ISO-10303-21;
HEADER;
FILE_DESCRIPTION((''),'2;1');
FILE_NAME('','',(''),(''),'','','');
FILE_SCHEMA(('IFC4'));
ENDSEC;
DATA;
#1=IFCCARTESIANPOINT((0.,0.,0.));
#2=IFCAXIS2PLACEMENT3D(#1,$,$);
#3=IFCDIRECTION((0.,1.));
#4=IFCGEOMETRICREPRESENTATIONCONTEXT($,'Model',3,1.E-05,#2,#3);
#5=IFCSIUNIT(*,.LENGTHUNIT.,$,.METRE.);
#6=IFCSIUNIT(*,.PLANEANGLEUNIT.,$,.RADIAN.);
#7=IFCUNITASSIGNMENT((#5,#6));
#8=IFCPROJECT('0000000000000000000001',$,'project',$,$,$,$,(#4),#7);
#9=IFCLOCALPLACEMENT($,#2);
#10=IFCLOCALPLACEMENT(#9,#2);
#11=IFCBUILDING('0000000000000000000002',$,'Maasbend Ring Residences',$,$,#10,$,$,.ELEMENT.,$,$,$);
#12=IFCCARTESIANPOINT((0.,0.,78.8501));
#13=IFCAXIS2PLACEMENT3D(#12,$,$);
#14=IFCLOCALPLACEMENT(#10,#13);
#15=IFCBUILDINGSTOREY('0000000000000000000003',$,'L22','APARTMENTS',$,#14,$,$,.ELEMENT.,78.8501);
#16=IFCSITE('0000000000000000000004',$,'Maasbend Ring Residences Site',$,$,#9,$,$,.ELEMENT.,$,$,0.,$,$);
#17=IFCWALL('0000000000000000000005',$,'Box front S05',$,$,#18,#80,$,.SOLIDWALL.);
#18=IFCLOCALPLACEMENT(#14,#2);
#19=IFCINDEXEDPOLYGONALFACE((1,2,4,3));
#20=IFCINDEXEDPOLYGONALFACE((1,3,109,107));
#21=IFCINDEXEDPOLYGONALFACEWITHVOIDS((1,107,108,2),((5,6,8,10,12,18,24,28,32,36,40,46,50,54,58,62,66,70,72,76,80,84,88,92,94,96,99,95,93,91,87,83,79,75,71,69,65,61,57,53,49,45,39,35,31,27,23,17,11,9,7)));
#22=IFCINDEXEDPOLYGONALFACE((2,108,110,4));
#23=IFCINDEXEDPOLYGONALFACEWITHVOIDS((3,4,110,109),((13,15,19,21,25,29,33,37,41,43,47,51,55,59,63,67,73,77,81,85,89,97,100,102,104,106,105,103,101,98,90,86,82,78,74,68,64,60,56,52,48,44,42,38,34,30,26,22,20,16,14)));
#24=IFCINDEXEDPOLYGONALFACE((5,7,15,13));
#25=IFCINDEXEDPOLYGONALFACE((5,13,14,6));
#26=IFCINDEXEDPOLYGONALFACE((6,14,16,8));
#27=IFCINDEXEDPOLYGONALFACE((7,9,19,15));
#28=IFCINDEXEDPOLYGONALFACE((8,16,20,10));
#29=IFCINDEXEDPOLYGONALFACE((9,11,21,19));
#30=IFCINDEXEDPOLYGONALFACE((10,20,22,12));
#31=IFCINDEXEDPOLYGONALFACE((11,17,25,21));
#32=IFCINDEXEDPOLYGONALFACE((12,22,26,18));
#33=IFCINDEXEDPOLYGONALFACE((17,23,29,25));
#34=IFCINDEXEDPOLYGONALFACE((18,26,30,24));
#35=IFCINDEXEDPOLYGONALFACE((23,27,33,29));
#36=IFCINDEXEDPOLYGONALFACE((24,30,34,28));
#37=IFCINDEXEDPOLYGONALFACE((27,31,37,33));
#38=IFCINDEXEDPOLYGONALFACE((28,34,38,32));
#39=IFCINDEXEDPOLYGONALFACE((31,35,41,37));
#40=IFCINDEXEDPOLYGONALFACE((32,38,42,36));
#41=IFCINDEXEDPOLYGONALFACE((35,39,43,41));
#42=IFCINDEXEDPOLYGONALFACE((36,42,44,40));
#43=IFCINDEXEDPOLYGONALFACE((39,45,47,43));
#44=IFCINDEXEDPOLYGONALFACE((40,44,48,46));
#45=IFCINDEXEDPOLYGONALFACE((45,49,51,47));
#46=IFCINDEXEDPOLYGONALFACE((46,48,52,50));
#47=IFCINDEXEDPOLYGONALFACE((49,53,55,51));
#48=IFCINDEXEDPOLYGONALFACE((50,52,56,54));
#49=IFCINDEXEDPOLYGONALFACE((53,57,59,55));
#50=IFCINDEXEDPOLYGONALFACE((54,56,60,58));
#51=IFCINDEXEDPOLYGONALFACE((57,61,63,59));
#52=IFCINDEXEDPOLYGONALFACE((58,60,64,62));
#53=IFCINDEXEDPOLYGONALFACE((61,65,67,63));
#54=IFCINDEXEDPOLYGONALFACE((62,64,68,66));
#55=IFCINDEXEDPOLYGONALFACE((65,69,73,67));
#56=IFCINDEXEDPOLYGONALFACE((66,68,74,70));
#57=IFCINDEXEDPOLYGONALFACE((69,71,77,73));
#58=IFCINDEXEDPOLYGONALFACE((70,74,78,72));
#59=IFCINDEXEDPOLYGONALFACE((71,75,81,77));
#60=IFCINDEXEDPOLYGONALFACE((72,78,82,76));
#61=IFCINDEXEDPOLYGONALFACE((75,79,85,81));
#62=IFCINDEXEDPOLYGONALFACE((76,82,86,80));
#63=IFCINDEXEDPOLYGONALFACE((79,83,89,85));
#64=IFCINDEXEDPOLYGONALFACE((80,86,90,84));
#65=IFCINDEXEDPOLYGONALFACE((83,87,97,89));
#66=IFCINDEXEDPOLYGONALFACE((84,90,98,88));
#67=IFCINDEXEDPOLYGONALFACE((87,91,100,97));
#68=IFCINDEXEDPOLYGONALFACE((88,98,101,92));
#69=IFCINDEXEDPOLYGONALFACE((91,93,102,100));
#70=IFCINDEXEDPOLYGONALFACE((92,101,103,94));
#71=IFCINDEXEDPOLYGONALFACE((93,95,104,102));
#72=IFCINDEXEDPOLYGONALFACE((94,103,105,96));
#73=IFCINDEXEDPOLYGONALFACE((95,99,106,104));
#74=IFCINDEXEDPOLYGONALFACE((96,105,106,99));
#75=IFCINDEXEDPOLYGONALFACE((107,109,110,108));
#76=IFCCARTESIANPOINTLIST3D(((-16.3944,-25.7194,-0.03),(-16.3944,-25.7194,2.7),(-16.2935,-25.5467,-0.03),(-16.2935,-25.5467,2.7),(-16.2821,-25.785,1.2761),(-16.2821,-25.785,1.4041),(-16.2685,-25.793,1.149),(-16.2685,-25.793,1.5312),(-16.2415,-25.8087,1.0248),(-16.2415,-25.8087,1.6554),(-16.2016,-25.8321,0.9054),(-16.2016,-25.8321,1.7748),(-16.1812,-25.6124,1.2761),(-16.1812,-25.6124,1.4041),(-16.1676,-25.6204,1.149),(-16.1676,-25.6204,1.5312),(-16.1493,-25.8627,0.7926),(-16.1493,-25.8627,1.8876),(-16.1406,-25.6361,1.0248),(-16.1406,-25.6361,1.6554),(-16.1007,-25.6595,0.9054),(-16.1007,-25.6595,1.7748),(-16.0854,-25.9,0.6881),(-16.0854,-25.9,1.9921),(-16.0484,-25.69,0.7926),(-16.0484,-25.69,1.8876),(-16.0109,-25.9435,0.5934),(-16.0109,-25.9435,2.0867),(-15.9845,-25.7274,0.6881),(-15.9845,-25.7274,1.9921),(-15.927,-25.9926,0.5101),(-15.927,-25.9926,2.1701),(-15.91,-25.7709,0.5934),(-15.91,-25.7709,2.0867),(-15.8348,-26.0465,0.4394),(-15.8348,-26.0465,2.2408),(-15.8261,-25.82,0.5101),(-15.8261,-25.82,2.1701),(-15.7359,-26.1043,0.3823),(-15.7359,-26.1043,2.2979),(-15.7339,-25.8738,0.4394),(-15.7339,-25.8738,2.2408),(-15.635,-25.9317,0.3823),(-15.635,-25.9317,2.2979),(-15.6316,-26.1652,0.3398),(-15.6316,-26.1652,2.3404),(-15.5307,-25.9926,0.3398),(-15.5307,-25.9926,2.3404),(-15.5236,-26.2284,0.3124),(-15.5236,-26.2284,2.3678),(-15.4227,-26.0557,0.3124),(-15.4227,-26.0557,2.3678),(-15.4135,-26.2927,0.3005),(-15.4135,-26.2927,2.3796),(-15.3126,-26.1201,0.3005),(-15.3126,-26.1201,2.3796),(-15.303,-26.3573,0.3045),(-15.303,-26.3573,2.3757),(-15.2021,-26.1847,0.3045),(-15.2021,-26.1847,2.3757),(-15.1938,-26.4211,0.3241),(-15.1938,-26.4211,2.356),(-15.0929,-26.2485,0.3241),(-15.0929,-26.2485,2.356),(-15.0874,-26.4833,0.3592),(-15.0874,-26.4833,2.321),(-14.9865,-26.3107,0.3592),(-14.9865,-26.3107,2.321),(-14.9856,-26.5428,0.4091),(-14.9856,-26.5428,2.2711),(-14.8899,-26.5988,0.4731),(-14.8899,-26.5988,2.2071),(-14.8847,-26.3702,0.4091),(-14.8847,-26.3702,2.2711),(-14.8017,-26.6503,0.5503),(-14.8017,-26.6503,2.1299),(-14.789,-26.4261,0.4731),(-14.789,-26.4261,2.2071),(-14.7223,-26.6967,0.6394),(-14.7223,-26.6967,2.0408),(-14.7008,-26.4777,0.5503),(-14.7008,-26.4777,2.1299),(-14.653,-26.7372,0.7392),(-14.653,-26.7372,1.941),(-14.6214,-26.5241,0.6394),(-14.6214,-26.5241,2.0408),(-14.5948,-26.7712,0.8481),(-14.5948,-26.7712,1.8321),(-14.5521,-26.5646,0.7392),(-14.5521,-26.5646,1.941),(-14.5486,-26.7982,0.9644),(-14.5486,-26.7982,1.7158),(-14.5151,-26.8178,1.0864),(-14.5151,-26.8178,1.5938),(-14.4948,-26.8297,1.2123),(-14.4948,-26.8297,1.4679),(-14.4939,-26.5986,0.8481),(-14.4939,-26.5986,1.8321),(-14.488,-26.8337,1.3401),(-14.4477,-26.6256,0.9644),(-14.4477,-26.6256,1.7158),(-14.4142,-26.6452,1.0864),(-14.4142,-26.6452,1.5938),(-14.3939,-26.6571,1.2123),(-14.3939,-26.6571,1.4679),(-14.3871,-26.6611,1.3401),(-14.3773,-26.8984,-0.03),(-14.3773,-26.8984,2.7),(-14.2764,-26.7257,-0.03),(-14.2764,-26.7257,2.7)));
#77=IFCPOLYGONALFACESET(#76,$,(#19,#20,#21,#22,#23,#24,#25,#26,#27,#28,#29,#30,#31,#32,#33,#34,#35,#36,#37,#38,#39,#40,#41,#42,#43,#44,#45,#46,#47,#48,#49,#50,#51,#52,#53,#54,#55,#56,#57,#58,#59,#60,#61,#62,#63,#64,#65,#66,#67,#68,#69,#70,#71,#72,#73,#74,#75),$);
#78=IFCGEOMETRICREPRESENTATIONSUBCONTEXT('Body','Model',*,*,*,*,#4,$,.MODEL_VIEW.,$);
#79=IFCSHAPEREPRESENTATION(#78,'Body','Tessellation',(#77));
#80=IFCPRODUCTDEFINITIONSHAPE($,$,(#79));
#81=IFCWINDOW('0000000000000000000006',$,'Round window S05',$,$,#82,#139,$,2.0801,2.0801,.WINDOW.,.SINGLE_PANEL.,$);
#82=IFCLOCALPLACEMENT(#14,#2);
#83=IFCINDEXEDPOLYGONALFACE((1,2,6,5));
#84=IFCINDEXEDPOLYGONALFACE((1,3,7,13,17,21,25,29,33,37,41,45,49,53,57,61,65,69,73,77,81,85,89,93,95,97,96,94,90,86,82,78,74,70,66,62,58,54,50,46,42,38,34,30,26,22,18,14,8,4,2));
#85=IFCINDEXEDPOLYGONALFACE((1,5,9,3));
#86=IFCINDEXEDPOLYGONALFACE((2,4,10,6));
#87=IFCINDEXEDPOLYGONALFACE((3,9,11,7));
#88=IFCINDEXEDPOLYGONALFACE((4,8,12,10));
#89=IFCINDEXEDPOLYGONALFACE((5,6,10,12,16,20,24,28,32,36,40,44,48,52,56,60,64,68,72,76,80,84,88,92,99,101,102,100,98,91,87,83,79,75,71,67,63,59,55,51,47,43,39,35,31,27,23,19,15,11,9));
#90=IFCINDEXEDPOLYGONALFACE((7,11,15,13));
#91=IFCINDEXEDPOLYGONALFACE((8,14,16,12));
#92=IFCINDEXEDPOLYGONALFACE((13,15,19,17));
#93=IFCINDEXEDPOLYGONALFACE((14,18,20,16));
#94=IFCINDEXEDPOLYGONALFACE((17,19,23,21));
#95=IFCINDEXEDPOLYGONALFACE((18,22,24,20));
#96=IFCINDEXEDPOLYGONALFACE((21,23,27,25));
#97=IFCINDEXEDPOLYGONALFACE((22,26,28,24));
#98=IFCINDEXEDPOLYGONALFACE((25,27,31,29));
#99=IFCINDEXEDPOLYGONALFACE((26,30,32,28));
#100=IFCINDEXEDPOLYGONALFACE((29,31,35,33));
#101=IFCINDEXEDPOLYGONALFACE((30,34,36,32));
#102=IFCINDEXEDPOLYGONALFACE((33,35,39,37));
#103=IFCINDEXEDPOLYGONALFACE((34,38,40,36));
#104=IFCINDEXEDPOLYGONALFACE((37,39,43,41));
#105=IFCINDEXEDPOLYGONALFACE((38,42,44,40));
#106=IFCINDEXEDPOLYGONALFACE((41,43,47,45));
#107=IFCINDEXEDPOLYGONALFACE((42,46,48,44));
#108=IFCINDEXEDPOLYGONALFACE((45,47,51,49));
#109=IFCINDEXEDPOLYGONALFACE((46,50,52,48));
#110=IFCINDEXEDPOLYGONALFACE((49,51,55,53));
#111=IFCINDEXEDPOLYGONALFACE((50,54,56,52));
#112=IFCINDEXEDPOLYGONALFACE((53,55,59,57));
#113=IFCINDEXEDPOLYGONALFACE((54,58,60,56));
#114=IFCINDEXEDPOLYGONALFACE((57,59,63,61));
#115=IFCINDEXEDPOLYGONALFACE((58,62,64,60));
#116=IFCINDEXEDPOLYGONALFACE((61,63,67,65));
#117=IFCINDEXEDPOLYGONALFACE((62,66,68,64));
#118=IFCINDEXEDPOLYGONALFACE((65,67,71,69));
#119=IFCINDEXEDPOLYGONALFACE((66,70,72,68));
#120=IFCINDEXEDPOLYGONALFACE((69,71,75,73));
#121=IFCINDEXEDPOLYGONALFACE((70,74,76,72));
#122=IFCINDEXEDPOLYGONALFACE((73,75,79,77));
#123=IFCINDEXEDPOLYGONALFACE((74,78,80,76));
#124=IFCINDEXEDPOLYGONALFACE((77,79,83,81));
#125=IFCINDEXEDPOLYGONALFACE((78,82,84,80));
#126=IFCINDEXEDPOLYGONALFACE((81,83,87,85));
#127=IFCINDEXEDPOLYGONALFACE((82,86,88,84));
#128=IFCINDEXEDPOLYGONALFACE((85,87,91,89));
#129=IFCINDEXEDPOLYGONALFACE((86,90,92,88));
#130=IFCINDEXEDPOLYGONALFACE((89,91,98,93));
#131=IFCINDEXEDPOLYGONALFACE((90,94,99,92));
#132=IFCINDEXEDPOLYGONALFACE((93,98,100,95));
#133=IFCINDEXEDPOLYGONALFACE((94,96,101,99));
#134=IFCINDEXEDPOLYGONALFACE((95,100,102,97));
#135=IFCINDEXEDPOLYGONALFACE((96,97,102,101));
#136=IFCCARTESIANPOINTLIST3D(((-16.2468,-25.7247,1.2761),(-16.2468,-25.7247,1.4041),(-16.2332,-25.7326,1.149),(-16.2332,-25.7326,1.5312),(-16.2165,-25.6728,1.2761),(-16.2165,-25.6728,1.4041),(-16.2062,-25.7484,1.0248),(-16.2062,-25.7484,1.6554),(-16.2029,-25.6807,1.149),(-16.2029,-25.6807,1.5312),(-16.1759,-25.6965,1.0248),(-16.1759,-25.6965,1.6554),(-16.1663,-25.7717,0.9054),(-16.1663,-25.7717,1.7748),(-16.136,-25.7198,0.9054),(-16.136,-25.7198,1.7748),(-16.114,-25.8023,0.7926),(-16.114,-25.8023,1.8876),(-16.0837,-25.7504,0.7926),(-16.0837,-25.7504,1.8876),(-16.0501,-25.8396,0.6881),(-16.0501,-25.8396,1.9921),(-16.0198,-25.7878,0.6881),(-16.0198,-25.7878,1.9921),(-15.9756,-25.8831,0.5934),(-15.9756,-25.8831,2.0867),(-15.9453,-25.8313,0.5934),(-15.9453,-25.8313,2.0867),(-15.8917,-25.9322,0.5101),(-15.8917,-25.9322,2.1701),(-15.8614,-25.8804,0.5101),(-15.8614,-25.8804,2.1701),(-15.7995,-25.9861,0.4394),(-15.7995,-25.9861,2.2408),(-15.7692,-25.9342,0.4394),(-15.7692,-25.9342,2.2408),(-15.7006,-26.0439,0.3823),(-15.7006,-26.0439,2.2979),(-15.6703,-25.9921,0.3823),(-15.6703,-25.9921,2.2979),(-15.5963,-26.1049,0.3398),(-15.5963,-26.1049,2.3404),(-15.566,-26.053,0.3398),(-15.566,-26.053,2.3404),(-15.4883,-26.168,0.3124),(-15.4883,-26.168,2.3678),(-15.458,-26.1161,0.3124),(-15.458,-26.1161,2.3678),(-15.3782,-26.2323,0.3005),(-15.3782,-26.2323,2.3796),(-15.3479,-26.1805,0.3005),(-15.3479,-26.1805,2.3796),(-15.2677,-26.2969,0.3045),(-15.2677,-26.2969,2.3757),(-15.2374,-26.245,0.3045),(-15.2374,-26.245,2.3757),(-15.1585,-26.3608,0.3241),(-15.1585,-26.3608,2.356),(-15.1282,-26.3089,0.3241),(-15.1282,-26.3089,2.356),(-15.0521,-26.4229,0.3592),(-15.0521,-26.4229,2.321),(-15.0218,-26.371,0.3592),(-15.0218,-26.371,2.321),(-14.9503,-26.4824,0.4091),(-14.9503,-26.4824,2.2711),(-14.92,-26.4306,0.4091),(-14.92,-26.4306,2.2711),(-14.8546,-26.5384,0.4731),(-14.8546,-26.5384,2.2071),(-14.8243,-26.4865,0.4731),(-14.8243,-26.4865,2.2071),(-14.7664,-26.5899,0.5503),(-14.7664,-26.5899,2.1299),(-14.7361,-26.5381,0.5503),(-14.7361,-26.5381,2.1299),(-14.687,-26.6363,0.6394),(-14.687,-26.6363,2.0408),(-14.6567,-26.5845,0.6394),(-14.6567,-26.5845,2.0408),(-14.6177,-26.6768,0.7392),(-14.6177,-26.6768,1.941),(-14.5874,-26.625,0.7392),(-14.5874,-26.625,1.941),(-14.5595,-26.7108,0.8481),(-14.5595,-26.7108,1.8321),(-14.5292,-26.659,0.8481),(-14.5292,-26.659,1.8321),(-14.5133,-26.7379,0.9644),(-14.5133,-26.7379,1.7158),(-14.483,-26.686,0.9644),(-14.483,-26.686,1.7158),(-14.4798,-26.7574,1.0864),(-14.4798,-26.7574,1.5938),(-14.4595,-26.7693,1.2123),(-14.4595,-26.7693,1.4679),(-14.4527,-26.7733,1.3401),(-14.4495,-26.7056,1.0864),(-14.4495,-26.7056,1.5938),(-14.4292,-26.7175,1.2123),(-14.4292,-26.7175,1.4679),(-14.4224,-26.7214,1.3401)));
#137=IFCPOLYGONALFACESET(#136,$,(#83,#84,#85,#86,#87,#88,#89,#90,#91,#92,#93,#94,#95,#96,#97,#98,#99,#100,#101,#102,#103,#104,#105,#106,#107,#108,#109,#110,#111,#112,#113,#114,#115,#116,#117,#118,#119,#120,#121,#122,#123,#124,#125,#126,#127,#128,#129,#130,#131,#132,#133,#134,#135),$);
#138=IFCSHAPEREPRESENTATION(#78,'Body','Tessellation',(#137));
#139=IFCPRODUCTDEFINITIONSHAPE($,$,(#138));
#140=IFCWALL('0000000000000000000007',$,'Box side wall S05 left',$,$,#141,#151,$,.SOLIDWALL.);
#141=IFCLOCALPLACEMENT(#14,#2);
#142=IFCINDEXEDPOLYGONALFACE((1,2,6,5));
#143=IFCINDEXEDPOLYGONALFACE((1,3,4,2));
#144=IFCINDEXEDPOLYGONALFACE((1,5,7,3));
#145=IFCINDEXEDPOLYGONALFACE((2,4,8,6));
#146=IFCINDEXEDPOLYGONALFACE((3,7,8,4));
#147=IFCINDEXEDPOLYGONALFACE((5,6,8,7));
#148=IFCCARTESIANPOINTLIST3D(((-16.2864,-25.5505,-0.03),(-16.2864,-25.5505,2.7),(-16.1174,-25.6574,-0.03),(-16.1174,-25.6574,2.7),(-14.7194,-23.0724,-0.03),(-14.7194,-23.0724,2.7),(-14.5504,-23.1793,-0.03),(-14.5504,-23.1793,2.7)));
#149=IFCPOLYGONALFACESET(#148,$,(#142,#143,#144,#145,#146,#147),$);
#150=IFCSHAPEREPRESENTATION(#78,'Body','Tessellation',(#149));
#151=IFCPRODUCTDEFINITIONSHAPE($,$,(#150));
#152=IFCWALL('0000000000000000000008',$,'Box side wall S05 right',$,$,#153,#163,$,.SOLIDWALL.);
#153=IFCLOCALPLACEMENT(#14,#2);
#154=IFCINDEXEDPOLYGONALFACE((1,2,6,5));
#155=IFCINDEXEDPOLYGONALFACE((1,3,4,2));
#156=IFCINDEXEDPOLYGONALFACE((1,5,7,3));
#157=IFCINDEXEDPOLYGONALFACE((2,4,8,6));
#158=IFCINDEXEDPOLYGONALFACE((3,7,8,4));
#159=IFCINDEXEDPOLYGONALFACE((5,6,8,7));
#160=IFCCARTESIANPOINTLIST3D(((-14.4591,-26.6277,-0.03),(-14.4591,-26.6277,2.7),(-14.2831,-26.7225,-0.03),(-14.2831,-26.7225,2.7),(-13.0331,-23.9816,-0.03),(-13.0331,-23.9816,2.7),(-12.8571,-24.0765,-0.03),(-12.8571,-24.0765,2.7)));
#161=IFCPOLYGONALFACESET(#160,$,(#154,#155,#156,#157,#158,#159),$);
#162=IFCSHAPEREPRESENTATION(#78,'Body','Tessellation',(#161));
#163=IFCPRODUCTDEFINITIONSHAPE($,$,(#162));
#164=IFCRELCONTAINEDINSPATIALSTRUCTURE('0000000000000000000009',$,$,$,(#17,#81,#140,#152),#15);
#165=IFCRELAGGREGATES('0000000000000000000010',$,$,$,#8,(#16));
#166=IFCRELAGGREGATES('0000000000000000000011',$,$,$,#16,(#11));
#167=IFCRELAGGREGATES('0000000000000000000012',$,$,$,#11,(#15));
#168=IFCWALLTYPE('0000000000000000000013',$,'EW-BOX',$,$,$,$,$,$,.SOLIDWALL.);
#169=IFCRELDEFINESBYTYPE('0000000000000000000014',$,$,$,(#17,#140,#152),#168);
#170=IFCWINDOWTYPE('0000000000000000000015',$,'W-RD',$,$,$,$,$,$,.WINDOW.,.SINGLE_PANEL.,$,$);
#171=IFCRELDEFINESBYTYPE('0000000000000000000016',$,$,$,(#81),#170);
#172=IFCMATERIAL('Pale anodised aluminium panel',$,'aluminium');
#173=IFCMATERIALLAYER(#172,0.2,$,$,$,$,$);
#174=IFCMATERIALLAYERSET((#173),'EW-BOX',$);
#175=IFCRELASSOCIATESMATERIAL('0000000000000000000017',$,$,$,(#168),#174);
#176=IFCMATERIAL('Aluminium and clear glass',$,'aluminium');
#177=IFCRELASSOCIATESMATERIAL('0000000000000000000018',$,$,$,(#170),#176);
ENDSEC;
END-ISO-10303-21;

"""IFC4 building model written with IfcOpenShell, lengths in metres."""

from ifc_helpers import new_model, si_unit, direction, frame, frame_2d, origin, place, context, subcontext, project, spatial, rectangle, circle, extrude, material, layer, layer_set, type_object, element, fill, save


model = new_model("IFC4")

# Units and contexts
model_context = context("Model", 3, precision=1e-05, world=origin(), true_north=direction((0.0, 1.0)))
body_context = subcontext(model_context, "Body", "Model", "MODEL_VIEW")
ifc_project = project(units=[si_unit("LENGTHUNIT", "METRE"), si_unit("PLANEANGLEUNIT", "RADIAN")], contexts=[model_context])

# Site, building, storey
site_placement = place(None, origin())
site = spatial("IfcSite", under=ifc_project, at=site_placement, Name="Maasbend Ring Residences Site", CompositionType="ELEMENT", RefElevation=0.0)
building_placement = place(site_placement, origin())
building = spatial("IfcBuilding", under=site, at=building_placement, Name="Maasbend Ring Residences", CompositionType="ELEMENT")
storey_placement = place(building_placement, frame((0.0, 0.0, 78.8501)))
storey = spatial("IfcBuildingStorey", under=building, at=storey_placement, Name="L22", Description="APARTMENTS", CompositionType="ELEMENT", Elevation=78.8501)

# Shared definitions
ifc_material_1 = material(Name="Pale anodised aluminium panel", Category="aluminium")
ifc_layer_1 = layer(ifc_material_1, 0.2)
ifc_layer_set_1 = layer_set([ifc_layer_1], Name="EW-BOX")
wall_type_1 = type_object("IfcWallType", Name="EW-BOX", PredefinedType="SOLIDWALL", material=ifc_layer_set_1)
ifc_material_2 = material(Name="Aluminium and clear glass", Category="aluminium")
window_type_1 = type_object("IfcWindowType", Name="W-RD", PartitioningType="SINGLE_PANEL", PredefinedType="WINDOW", material=ifc_material_2)

# Wall, opening, window
wall_1_placement = place(storey_placement, frame((-16.344, -25.6331, -0.03), z_axis=(0.0, 0.0, 1.0), x_axis=(0.863347, -0.504612, 0.0)))
wall_1 = element("IfcWall", 1, at=wall_1_placement, inside=storey, type_object=wall_type_1, Name="Box front S05", PredefinedType="SOLIDWALL", context=body_context, shape_type="SweptSolid", body=[
    extrude(rectangle(XDim=2.3364, YDim=0.2, at=frame_2d((1.1682, 0.0))), origin(), (0.0, 0.0, 1.0), 2.73),
])
opening_1_placement = place(wall_1_placement, frame((0.1282, 0.0, 0.3301)))
opening_1 = element("IfcOpeningElement", 2, at=opening_1_placement, cuts=wall_1, PredefinedType="OPENING", context=body_context, shape_type="SweptSolid", body=[
    extrude(circle(Radius=1.04, at=frame_2d((1.04, 1.04))), frame((0.0, 0.1099, 0.0), z_axis=(0.0, -1.0, 0.0), x_axis=(1.0, 0.0, 0.0)), (0.0, 0.0, 1.0), 0.22),
])
window_1_placement = place(opening_1_placement, origin())
window_1 = element("IfcWindow", 3, at=window_1_placement, inside=storey, type_object=window_type_1, Name="Round window S05", OverallHeight=2.0801, OverallWidth=2.0801, PartitioningType="SINGLE_PANEL", PredefinedType="WINDOW", context=body_context, shape_type="SweptSolid", body=[
    extrude(circle(Radius=1.04, at=frame_2d((1.04, 1.04))), frame((0.0, 0.03, 0.0), z_axis=(0.0, -1.0, 0.0), x_axis=(1.0, 0.0, 0.0)), (0.0, 0.0, 1.0), 0.0601),
])
fill(opening_1, window_1)

# Walls
wall_2_placement = place(storey_placement, frame((-14.635, -23.126, -0.03), z_axis=(0.0, 0.0, 1.0), x_axis=(-0.534438, -0.845208, 0.0)))
element("IfcWall", 4, at=wall_2_placement, inside=storey, type_object=wall_type_1, Name="Box side wall S05 left", PredefinedType="SOLIDWALL", context=body_context, shape_type="SweptSolid", body=[
    extrude(rectangle(XDim=2.9319, YDim=0.2, at=frame_2d((1.4658, 0.0))), origin(), (0.0, 0.0, 1.0), 2.73),
])
wall_3_placement = place(storey_placement, frame((-12.9451, -24.0291, -0.03), z_axis=(0.0, 0.0, 1.0), x_axis=(-0.474424, -0.880296, 0.0)))
element("IfcWall", 5, at=wall_3_placement, inside=storey, type_object=wall_type_1, Name="Box side wall S05 right", PredefinedType="SOLIDWALL", context=body_context, shape_type="SweptSolid", body=[
    extrude(rectangle(XDim=3.0059, YDim=0.2, at=frame_2d((1.5029, 0.0))), origin(), (0.0, 0.0, 1.0), 2.73),
])

save(model, "model.ifc")
